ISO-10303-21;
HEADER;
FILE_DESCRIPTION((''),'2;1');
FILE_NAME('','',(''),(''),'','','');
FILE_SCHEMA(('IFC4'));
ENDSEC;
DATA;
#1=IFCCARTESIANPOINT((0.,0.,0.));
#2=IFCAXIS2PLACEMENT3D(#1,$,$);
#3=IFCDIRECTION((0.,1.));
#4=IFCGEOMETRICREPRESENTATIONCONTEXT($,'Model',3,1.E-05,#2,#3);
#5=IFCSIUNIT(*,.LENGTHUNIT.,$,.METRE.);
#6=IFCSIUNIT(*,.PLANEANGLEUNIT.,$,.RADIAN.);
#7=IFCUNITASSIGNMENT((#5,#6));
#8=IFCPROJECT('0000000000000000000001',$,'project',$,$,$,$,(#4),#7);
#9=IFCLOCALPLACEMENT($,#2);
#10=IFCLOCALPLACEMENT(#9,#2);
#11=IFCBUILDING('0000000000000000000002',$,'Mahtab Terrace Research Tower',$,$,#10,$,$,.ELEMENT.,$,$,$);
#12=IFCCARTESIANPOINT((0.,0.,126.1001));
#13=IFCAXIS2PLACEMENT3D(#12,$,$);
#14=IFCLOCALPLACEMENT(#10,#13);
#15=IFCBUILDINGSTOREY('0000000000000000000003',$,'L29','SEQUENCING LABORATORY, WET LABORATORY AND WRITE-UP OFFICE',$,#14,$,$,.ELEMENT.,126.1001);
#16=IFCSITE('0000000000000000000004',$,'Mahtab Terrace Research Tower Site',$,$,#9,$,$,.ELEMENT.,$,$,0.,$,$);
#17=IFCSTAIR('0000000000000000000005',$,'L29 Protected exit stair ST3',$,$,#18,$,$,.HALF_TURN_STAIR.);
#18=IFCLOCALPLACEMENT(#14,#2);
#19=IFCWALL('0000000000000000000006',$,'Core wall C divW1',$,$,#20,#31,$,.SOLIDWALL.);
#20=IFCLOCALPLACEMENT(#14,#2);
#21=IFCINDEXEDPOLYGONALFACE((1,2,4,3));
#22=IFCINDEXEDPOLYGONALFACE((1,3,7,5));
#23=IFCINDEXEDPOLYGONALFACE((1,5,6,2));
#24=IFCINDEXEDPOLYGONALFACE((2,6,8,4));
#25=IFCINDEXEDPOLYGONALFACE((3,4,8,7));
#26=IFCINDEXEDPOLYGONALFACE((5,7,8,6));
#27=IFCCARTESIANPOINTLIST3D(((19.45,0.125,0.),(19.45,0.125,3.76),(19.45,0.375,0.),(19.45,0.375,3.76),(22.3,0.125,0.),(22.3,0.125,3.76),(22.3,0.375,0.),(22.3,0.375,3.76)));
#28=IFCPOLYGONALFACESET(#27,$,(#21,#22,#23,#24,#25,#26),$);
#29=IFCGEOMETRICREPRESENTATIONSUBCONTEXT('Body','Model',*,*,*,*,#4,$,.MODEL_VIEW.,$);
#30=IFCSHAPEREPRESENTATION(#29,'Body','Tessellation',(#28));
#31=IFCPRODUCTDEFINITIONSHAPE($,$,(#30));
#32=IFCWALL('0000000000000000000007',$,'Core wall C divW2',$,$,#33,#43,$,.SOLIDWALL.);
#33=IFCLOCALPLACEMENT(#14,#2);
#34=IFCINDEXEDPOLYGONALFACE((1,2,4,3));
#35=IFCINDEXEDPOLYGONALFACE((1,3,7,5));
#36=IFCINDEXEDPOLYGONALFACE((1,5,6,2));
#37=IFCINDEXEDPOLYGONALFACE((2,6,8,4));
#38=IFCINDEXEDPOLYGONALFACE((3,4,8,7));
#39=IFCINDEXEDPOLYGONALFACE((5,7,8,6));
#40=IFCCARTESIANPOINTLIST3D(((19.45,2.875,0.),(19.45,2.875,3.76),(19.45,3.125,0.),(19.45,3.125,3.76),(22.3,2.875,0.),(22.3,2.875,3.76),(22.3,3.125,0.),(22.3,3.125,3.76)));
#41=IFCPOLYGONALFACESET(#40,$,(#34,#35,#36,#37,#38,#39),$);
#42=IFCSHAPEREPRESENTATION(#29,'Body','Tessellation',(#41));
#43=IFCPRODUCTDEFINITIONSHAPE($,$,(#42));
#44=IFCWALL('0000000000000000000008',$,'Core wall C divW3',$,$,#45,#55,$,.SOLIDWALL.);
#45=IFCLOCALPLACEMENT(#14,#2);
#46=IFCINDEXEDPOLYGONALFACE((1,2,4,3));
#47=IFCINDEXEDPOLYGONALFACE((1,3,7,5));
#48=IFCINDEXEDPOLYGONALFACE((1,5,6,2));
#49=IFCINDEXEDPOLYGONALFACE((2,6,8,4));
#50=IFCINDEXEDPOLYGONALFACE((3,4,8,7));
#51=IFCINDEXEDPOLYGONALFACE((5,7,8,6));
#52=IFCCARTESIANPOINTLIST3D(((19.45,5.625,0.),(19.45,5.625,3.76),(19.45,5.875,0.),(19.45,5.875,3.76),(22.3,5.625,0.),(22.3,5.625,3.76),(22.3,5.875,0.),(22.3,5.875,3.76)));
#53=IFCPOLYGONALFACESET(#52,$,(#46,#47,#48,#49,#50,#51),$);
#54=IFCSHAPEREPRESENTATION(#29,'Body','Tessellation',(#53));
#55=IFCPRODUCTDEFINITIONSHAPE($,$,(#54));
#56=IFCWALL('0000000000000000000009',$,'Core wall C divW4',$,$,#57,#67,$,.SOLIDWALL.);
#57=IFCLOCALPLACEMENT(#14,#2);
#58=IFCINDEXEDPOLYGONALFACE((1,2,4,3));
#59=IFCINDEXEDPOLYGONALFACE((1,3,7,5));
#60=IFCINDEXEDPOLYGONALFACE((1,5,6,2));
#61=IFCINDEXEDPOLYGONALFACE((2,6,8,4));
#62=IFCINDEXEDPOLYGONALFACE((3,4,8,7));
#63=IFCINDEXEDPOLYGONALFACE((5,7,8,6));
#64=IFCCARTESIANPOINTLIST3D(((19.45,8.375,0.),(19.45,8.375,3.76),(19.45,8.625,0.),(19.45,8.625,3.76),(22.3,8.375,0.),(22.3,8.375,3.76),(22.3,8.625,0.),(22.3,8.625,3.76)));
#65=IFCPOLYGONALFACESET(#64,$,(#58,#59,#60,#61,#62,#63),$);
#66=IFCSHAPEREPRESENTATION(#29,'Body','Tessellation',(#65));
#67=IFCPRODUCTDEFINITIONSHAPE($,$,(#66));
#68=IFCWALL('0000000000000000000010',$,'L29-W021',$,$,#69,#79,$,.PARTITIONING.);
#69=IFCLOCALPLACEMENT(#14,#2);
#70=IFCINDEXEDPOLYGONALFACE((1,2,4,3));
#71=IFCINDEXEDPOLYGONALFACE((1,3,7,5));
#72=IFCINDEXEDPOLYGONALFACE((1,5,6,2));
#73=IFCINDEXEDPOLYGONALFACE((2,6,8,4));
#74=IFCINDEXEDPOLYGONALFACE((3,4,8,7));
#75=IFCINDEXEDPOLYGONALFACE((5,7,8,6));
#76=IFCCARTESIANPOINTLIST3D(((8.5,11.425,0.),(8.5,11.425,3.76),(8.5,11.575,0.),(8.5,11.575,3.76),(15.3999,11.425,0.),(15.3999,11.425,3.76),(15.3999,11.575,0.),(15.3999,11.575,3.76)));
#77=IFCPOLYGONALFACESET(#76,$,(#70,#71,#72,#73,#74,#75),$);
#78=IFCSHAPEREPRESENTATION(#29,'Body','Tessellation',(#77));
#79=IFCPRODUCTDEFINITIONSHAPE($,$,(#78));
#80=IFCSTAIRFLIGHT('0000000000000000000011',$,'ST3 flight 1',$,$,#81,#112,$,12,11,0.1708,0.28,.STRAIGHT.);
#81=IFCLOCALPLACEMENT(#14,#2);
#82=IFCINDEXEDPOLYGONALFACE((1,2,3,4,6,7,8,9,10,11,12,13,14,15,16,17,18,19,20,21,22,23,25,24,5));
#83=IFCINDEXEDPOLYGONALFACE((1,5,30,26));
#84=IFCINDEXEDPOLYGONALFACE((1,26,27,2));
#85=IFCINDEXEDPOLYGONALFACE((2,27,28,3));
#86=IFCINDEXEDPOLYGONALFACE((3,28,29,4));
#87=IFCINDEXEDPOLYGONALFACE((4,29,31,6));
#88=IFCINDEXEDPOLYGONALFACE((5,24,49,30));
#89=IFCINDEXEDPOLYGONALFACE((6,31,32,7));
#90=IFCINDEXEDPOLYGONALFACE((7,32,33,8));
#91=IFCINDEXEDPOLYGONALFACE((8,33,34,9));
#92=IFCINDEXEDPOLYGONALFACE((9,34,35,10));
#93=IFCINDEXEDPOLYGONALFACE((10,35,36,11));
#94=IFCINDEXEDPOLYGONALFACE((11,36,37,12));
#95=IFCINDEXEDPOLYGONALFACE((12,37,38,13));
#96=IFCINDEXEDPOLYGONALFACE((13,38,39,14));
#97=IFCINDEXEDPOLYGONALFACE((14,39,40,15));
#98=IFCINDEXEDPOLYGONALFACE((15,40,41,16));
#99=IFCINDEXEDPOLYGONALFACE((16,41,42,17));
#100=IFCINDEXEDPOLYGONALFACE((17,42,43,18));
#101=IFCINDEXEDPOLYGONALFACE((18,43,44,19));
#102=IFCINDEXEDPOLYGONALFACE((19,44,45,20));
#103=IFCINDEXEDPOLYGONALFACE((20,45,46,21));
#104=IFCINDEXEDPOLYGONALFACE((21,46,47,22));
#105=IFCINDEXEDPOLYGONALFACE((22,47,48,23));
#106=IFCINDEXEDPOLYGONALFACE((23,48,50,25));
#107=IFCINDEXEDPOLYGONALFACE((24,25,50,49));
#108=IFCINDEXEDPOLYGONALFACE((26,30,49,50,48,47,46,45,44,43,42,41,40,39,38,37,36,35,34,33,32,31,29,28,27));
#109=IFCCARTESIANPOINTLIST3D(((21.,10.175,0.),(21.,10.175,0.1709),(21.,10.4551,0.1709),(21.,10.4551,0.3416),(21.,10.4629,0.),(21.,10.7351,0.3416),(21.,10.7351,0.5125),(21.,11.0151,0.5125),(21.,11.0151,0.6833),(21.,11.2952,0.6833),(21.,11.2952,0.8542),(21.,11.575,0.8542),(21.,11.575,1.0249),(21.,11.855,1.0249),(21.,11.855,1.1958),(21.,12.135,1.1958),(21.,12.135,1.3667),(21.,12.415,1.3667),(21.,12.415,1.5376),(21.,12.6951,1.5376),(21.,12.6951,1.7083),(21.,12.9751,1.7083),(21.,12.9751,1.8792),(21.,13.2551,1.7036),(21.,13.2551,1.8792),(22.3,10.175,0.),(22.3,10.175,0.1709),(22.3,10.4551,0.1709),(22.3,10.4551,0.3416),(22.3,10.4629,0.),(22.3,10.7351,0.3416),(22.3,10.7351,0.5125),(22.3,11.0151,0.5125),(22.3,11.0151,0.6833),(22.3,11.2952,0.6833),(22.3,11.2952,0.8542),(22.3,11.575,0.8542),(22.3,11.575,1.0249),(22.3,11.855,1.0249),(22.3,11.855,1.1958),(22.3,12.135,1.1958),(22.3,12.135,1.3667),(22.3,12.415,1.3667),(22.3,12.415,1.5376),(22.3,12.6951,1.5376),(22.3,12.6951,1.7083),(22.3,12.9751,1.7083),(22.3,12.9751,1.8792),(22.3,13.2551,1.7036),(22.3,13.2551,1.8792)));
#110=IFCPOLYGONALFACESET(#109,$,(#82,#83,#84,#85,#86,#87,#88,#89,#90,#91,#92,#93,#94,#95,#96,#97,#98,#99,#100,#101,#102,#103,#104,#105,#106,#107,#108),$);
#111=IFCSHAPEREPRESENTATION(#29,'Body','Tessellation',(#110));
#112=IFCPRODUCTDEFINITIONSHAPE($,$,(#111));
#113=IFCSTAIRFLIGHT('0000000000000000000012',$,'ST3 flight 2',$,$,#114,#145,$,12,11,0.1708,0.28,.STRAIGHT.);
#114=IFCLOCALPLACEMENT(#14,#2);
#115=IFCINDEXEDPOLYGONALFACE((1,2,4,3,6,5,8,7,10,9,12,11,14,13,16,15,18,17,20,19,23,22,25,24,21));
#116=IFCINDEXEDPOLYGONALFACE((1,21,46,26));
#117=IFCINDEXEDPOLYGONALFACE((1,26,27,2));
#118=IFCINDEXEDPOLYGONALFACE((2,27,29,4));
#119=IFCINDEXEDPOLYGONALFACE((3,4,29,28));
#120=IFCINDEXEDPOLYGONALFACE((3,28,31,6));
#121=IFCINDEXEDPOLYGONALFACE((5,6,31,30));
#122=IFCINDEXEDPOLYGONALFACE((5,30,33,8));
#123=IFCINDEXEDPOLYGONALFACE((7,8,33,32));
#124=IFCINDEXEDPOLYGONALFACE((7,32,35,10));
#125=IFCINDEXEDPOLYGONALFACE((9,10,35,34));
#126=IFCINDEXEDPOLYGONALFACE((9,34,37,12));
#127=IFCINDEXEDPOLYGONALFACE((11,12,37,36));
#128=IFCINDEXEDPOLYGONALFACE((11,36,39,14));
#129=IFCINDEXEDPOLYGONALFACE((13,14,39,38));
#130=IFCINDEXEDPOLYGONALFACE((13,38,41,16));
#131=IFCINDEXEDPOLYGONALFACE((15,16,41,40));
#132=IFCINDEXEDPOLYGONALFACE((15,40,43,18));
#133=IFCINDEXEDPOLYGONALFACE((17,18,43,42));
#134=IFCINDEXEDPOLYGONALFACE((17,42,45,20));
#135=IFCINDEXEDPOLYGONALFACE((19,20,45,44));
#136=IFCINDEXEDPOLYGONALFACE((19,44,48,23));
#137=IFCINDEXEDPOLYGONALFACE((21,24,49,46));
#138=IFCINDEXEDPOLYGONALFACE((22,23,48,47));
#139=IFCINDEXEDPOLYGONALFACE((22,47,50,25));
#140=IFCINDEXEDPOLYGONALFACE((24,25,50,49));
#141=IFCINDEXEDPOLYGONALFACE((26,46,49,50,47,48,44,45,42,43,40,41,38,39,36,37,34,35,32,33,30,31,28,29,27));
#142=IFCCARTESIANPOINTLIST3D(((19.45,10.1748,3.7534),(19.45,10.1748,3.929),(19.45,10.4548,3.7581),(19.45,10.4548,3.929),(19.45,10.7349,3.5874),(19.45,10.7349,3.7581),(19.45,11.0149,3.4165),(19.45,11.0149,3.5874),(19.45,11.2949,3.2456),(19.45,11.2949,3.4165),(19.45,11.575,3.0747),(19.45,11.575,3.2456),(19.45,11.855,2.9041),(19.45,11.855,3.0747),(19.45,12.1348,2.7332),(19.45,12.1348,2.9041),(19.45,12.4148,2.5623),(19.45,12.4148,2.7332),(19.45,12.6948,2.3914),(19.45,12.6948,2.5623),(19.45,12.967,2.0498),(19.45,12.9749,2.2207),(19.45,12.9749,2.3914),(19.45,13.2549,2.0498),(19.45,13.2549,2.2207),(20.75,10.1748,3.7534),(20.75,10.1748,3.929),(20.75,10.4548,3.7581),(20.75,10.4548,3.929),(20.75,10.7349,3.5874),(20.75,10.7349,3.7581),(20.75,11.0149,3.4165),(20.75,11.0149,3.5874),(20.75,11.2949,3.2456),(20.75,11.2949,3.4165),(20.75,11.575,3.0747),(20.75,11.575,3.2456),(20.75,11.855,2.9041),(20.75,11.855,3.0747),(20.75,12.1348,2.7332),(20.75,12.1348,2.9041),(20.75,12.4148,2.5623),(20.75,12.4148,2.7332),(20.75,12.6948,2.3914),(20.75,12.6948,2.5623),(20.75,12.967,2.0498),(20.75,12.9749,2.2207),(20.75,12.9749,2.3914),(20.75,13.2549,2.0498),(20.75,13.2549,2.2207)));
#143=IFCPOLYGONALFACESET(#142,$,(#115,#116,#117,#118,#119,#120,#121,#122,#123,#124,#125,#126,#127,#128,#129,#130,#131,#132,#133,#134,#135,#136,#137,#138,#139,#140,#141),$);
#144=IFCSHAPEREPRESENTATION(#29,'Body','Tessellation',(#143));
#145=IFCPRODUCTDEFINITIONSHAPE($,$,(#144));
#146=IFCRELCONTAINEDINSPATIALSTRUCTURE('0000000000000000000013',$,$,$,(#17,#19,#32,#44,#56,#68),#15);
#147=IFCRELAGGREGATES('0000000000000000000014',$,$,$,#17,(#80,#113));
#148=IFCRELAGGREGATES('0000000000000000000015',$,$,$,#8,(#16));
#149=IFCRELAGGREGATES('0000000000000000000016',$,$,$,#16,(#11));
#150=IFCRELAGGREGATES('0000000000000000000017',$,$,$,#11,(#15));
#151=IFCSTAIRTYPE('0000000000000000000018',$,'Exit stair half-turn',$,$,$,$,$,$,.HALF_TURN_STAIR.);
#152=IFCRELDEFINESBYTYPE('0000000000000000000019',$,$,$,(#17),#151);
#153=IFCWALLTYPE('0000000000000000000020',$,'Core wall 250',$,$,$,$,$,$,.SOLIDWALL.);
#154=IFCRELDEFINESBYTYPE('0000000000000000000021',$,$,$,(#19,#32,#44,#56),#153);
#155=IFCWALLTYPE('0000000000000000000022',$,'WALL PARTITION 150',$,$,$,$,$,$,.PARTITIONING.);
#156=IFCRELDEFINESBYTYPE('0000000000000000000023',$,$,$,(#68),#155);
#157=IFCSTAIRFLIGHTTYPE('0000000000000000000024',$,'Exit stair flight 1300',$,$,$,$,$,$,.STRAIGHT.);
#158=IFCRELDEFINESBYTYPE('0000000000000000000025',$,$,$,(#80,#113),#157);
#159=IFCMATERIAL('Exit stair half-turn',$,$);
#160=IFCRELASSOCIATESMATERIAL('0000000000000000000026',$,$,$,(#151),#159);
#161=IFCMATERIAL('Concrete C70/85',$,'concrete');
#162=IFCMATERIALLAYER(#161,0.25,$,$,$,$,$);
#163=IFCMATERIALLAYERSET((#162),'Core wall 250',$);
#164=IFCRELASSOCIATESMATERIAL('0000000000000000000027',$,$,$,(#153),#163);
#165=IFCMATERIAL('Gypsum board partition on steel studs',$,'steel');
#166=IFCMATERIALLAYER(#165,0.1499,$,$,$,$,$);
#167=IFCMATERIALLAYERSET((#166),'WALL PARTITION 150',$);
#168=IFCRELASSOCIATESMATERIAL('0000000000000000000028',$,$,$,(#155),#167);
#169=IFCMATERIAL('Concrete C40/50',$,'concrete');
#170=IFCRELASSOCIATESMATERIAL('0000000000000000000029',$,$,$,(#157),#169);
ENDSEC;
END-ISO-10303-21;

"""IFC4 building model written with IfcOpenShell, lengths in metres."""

from ifc_helpers import new_model, si_unit, direction, frame, frame_2d, origin, place, context, subcontext, project, spatial, polyline, rectangle, outline, extrude, material, layer, layer_set, type_object, element, aggregate, save


model = new_model("IFC4")

# Units and contexts
model_context = context("Model", 3, precision=1e-05, world=origin(), true_north=direction((0.0, 1.0)))
body_context = subcontext(model_context, "Body", "Model", "MODEL_VIEW")
ifc_project = project(units=[si_unit("LENGTHUNIT", "METRE"), si_unit("PLANEANGLEUNIT", "RADIAN")], contexts=[model_context])

# Site, building, storey
site_placement = place(None, origin())
site = spatial("IfcSite", under=ifc_project, at=site_placement, Name="Mahtab Terrace Research Tower Site", CompositionType="ELEMENT", RefElevation=0.0)
building_placement = place(site_placement, origin())
building = spatial("IfcBuilding", under=site, at=building_placement, Name="Mahtab Terrace Research Tower", CompositionType="ELEMENT")
storey_placement = place(building_placement, frame((0.0, 0.0, 126.1001)))
storey = spatial("IfcBuildingStorey", under=building, at=storey_placement, Name="L29", Description="SEQUENCING LABORATORY, WET LABORATORY AND WRITE-UP OFFICE", CompositionType="ELEMENT", Elevation=126.1001)

# Shared definitions
ifc_material_1 = material(Name="Concrete C70/85", Category="concrete")

# Stair
ifc_material_2 = material(Name="Exit stair half-turn")
stair_type = type_object("IfcStairType", Name="Exit stair half-turn", PredefinedType="HALF_TURN_STAIR", material=ifc_material_2)
ifc_material_3 = material(Name="Concrete C40/50", Category="concrete")
stair_1_placement = place(storey_placement, origin())
stair_1 = element("IfcStair", 1, at=stair_1_placement, inside=storey, type_object=stair_type, Name="L29 Protected exit stair ST3", PredefinedType="HALF_TURN_STAIR")

# Shared definitions
ifc_layer_1 = layer(ifc_material_1, 0.25)
ifc_layer_set_1 = layer_set([ifc_layer_1], Name="Core wall 250")
wall_type_1 = type_object("IfcWallType", Name="Core wall 250", PredefinedType="SOLIDWALL", material=ifc_layer_set_1)

# Walls
for number, where, z_axis, x_axis, name in (
    (2, (19.45, 0.25, 0.0), (0.0, 0.0, 1.0), (1.0, 0.0, 0.0), "Core wall C divW1"),
    (3, (19.45, 3.0, 0.0), (0.0, 0.0, 1.0), (1.0, 0.0, 0.0), "Core wall C divW2"),
    (4, (19.45, 5.75, 0.0), (0.0, 0.0, 1.0), (1.0, 0.0, 0.0), "Core wall C divW3"),
    (5, (19.45, 8.5, 0.0), (0.0, 0.0, 1.0), (1.0, 0.0, 0.0), "Core wall C divW4"),
):
    element("IfcWall", number, at=place(storey_placement, frame(where, z_axis=z_axis, x_axis=x_axis)), inside=storey, type_object=wall_type_1, Name=name, PredefinedType="SOLIDWALL", context=body_context, shape_type="SweptSolid", body=[
        extrude(rectangle(XDim=2.8501, YDim=0.25, at=frame_2d((1.425, 0.0))), origin(), (0.0, 0.0, 1.0), 3.76),
    ])
ifc_material_4 = material(Name="Gypsum board partition on steel studs", Category="steel")
ifc_layer_2 = layer(ifc_material_4, 0.1499)
ifc_layer_set_2 = layer_set([ifc_layer_2], Name="WALL PARTITION 150")
wall_type_2 = type_object("IfcWallType", Name="WALL PARTITION 150", PredefinedType="PARTITIONING", material=ifc_layer_set_2)
wall_1_placement = place(storey_placement, frame((8.5, 11.5, 0.0), z_axis=(0.0, 0.0, 1.0), x_axis=(1.0, 0.0, 0.0)))
element("IfcWall", 6, at=wall_1_placement, inside=storey, type_object=wall_type_2, Name="L29-W021", PredefinedType="PARTITIONING", context=body_context, shape_type="SweptSolid", body=[
    extrude(rectangle(XDim=6.8999, YDim=0.1499, at=frame_2d((3.45, 0.0))), origin(), (0.0, 0.0, 1.0), 3.76),
])

# Stair flights
stair_flight_type = type_object("IfcStairFlightType", Name="Exit stair flight 1300", PredefinedType="STRAIGHT", material=ifc_material_3)
stair_flight_1_placement = place(storey_placement, frame((21.6499, 10.175, 0.0), z_axis=(0.0, 0.0, 1.0), x_axis=(0.0, 1.0, 0.0)))
stair_flight_1 = element("IfcStairFlight", 7, at=stair_flight_1_placement, type_object=stair_flight_type, Name="ST3 flight 1", NumberOfRisers=12, NumberOfTreads=11, PredefinedType="STRAIGHT", RiserHeight=0.1708, TreadLength=0.28, context=body_context, shape_type="SweptSolid", body=[
    extrude(outline(polyline([(0.0, 0.0), (0.0, 0.1709), (0.28, 0.1709), (0.28, 0.3416), (0.5601, 0.3416), (0.5601, 0.5125), (0.8401, 0.5125), (0.8401, 0.6833), (1.1201, 0.6833), (1.1201, 0.8542), (1.3999, 0.8542), (1.3999, 1.0249), (1.6799, 1.0249), (1.6799, 1.1958), (1.96, 1.1958), (1.96, 1.3667), (2.24, 1.3667), (2.24, 1.5376), (2.52, 1.5376), (2.52, 1.7083), (2.8, 1.7083), (2.8, 1.8792), (3.0801, 1.8792), (3.0801, 2.05), (3.0801, 1.7036), (0.2878, 0.0), (0.0, 0.0)])), frame((0.0, 0.6499, 0.0), z_axis=(0.0, -1.0, 0.0), x_axis=(1.0, 0.0, 0.0)), (0.0, 0.0, 1.0), 1.3),
])
stair_flight_2_placement = place(storey_placement, frame((20.1001, 13.2549, 2.0498), z_axis=(0.0, 0.0, 1.0), x_axis=(0.0, -1.0, 0.0)))
stair_flight_2 = element("IfcStairFlight", 8, at=stair_flight_2_placement, type_object=stair_flight_type, Name="ST3 flight 2", NumberOfRisers=12, NumberOfTreads=11, PredefinedType="STRAIGHT", RiserHeight=0.1708, TreadLength=0.28, context=body_context, shape_type="SweptSolid", body=[
    extrude(outline(polyline([(0.0, 0.0), (0.0, 0.1709), (0.28, 0.1709), (0.28, 0.3416), (0.5601, 0.3416), (0.5601, 0.5125), (0.8401, 0.5125), (0.8401, 0.6833), (1.1201, 0.6833), (1.1201, 0.8542), (1.3999, 0.8542), (1.3999, 1.0249), (1.6799, 1.0249), (1.6799, 1.1958), (1.96, 1.1958), (1.96, 1.3667), (2.24, 1.3667), (2.24, 1.5376), (2.52, 1.5376), (2.52, 1.7083), (2.8, 1.7083), (2.8, 1.8792), (3.0801, 1.8792), (3.0801, 2.05), (3.0801, 1.7036), (0.2878, 0.0), (0.0, 0.0)])), frame((0.0, 0.6499, 0.0), z_axis=(0.0, -1.0, 0.0), x_axis=(1.0, 0.0, 0.0)), (0.0, 0.0, 1.0), 1.3),
])
aggregate(stair_1, [stair_flight_1, stair_flight_2])

save(model, "model.ifc")
